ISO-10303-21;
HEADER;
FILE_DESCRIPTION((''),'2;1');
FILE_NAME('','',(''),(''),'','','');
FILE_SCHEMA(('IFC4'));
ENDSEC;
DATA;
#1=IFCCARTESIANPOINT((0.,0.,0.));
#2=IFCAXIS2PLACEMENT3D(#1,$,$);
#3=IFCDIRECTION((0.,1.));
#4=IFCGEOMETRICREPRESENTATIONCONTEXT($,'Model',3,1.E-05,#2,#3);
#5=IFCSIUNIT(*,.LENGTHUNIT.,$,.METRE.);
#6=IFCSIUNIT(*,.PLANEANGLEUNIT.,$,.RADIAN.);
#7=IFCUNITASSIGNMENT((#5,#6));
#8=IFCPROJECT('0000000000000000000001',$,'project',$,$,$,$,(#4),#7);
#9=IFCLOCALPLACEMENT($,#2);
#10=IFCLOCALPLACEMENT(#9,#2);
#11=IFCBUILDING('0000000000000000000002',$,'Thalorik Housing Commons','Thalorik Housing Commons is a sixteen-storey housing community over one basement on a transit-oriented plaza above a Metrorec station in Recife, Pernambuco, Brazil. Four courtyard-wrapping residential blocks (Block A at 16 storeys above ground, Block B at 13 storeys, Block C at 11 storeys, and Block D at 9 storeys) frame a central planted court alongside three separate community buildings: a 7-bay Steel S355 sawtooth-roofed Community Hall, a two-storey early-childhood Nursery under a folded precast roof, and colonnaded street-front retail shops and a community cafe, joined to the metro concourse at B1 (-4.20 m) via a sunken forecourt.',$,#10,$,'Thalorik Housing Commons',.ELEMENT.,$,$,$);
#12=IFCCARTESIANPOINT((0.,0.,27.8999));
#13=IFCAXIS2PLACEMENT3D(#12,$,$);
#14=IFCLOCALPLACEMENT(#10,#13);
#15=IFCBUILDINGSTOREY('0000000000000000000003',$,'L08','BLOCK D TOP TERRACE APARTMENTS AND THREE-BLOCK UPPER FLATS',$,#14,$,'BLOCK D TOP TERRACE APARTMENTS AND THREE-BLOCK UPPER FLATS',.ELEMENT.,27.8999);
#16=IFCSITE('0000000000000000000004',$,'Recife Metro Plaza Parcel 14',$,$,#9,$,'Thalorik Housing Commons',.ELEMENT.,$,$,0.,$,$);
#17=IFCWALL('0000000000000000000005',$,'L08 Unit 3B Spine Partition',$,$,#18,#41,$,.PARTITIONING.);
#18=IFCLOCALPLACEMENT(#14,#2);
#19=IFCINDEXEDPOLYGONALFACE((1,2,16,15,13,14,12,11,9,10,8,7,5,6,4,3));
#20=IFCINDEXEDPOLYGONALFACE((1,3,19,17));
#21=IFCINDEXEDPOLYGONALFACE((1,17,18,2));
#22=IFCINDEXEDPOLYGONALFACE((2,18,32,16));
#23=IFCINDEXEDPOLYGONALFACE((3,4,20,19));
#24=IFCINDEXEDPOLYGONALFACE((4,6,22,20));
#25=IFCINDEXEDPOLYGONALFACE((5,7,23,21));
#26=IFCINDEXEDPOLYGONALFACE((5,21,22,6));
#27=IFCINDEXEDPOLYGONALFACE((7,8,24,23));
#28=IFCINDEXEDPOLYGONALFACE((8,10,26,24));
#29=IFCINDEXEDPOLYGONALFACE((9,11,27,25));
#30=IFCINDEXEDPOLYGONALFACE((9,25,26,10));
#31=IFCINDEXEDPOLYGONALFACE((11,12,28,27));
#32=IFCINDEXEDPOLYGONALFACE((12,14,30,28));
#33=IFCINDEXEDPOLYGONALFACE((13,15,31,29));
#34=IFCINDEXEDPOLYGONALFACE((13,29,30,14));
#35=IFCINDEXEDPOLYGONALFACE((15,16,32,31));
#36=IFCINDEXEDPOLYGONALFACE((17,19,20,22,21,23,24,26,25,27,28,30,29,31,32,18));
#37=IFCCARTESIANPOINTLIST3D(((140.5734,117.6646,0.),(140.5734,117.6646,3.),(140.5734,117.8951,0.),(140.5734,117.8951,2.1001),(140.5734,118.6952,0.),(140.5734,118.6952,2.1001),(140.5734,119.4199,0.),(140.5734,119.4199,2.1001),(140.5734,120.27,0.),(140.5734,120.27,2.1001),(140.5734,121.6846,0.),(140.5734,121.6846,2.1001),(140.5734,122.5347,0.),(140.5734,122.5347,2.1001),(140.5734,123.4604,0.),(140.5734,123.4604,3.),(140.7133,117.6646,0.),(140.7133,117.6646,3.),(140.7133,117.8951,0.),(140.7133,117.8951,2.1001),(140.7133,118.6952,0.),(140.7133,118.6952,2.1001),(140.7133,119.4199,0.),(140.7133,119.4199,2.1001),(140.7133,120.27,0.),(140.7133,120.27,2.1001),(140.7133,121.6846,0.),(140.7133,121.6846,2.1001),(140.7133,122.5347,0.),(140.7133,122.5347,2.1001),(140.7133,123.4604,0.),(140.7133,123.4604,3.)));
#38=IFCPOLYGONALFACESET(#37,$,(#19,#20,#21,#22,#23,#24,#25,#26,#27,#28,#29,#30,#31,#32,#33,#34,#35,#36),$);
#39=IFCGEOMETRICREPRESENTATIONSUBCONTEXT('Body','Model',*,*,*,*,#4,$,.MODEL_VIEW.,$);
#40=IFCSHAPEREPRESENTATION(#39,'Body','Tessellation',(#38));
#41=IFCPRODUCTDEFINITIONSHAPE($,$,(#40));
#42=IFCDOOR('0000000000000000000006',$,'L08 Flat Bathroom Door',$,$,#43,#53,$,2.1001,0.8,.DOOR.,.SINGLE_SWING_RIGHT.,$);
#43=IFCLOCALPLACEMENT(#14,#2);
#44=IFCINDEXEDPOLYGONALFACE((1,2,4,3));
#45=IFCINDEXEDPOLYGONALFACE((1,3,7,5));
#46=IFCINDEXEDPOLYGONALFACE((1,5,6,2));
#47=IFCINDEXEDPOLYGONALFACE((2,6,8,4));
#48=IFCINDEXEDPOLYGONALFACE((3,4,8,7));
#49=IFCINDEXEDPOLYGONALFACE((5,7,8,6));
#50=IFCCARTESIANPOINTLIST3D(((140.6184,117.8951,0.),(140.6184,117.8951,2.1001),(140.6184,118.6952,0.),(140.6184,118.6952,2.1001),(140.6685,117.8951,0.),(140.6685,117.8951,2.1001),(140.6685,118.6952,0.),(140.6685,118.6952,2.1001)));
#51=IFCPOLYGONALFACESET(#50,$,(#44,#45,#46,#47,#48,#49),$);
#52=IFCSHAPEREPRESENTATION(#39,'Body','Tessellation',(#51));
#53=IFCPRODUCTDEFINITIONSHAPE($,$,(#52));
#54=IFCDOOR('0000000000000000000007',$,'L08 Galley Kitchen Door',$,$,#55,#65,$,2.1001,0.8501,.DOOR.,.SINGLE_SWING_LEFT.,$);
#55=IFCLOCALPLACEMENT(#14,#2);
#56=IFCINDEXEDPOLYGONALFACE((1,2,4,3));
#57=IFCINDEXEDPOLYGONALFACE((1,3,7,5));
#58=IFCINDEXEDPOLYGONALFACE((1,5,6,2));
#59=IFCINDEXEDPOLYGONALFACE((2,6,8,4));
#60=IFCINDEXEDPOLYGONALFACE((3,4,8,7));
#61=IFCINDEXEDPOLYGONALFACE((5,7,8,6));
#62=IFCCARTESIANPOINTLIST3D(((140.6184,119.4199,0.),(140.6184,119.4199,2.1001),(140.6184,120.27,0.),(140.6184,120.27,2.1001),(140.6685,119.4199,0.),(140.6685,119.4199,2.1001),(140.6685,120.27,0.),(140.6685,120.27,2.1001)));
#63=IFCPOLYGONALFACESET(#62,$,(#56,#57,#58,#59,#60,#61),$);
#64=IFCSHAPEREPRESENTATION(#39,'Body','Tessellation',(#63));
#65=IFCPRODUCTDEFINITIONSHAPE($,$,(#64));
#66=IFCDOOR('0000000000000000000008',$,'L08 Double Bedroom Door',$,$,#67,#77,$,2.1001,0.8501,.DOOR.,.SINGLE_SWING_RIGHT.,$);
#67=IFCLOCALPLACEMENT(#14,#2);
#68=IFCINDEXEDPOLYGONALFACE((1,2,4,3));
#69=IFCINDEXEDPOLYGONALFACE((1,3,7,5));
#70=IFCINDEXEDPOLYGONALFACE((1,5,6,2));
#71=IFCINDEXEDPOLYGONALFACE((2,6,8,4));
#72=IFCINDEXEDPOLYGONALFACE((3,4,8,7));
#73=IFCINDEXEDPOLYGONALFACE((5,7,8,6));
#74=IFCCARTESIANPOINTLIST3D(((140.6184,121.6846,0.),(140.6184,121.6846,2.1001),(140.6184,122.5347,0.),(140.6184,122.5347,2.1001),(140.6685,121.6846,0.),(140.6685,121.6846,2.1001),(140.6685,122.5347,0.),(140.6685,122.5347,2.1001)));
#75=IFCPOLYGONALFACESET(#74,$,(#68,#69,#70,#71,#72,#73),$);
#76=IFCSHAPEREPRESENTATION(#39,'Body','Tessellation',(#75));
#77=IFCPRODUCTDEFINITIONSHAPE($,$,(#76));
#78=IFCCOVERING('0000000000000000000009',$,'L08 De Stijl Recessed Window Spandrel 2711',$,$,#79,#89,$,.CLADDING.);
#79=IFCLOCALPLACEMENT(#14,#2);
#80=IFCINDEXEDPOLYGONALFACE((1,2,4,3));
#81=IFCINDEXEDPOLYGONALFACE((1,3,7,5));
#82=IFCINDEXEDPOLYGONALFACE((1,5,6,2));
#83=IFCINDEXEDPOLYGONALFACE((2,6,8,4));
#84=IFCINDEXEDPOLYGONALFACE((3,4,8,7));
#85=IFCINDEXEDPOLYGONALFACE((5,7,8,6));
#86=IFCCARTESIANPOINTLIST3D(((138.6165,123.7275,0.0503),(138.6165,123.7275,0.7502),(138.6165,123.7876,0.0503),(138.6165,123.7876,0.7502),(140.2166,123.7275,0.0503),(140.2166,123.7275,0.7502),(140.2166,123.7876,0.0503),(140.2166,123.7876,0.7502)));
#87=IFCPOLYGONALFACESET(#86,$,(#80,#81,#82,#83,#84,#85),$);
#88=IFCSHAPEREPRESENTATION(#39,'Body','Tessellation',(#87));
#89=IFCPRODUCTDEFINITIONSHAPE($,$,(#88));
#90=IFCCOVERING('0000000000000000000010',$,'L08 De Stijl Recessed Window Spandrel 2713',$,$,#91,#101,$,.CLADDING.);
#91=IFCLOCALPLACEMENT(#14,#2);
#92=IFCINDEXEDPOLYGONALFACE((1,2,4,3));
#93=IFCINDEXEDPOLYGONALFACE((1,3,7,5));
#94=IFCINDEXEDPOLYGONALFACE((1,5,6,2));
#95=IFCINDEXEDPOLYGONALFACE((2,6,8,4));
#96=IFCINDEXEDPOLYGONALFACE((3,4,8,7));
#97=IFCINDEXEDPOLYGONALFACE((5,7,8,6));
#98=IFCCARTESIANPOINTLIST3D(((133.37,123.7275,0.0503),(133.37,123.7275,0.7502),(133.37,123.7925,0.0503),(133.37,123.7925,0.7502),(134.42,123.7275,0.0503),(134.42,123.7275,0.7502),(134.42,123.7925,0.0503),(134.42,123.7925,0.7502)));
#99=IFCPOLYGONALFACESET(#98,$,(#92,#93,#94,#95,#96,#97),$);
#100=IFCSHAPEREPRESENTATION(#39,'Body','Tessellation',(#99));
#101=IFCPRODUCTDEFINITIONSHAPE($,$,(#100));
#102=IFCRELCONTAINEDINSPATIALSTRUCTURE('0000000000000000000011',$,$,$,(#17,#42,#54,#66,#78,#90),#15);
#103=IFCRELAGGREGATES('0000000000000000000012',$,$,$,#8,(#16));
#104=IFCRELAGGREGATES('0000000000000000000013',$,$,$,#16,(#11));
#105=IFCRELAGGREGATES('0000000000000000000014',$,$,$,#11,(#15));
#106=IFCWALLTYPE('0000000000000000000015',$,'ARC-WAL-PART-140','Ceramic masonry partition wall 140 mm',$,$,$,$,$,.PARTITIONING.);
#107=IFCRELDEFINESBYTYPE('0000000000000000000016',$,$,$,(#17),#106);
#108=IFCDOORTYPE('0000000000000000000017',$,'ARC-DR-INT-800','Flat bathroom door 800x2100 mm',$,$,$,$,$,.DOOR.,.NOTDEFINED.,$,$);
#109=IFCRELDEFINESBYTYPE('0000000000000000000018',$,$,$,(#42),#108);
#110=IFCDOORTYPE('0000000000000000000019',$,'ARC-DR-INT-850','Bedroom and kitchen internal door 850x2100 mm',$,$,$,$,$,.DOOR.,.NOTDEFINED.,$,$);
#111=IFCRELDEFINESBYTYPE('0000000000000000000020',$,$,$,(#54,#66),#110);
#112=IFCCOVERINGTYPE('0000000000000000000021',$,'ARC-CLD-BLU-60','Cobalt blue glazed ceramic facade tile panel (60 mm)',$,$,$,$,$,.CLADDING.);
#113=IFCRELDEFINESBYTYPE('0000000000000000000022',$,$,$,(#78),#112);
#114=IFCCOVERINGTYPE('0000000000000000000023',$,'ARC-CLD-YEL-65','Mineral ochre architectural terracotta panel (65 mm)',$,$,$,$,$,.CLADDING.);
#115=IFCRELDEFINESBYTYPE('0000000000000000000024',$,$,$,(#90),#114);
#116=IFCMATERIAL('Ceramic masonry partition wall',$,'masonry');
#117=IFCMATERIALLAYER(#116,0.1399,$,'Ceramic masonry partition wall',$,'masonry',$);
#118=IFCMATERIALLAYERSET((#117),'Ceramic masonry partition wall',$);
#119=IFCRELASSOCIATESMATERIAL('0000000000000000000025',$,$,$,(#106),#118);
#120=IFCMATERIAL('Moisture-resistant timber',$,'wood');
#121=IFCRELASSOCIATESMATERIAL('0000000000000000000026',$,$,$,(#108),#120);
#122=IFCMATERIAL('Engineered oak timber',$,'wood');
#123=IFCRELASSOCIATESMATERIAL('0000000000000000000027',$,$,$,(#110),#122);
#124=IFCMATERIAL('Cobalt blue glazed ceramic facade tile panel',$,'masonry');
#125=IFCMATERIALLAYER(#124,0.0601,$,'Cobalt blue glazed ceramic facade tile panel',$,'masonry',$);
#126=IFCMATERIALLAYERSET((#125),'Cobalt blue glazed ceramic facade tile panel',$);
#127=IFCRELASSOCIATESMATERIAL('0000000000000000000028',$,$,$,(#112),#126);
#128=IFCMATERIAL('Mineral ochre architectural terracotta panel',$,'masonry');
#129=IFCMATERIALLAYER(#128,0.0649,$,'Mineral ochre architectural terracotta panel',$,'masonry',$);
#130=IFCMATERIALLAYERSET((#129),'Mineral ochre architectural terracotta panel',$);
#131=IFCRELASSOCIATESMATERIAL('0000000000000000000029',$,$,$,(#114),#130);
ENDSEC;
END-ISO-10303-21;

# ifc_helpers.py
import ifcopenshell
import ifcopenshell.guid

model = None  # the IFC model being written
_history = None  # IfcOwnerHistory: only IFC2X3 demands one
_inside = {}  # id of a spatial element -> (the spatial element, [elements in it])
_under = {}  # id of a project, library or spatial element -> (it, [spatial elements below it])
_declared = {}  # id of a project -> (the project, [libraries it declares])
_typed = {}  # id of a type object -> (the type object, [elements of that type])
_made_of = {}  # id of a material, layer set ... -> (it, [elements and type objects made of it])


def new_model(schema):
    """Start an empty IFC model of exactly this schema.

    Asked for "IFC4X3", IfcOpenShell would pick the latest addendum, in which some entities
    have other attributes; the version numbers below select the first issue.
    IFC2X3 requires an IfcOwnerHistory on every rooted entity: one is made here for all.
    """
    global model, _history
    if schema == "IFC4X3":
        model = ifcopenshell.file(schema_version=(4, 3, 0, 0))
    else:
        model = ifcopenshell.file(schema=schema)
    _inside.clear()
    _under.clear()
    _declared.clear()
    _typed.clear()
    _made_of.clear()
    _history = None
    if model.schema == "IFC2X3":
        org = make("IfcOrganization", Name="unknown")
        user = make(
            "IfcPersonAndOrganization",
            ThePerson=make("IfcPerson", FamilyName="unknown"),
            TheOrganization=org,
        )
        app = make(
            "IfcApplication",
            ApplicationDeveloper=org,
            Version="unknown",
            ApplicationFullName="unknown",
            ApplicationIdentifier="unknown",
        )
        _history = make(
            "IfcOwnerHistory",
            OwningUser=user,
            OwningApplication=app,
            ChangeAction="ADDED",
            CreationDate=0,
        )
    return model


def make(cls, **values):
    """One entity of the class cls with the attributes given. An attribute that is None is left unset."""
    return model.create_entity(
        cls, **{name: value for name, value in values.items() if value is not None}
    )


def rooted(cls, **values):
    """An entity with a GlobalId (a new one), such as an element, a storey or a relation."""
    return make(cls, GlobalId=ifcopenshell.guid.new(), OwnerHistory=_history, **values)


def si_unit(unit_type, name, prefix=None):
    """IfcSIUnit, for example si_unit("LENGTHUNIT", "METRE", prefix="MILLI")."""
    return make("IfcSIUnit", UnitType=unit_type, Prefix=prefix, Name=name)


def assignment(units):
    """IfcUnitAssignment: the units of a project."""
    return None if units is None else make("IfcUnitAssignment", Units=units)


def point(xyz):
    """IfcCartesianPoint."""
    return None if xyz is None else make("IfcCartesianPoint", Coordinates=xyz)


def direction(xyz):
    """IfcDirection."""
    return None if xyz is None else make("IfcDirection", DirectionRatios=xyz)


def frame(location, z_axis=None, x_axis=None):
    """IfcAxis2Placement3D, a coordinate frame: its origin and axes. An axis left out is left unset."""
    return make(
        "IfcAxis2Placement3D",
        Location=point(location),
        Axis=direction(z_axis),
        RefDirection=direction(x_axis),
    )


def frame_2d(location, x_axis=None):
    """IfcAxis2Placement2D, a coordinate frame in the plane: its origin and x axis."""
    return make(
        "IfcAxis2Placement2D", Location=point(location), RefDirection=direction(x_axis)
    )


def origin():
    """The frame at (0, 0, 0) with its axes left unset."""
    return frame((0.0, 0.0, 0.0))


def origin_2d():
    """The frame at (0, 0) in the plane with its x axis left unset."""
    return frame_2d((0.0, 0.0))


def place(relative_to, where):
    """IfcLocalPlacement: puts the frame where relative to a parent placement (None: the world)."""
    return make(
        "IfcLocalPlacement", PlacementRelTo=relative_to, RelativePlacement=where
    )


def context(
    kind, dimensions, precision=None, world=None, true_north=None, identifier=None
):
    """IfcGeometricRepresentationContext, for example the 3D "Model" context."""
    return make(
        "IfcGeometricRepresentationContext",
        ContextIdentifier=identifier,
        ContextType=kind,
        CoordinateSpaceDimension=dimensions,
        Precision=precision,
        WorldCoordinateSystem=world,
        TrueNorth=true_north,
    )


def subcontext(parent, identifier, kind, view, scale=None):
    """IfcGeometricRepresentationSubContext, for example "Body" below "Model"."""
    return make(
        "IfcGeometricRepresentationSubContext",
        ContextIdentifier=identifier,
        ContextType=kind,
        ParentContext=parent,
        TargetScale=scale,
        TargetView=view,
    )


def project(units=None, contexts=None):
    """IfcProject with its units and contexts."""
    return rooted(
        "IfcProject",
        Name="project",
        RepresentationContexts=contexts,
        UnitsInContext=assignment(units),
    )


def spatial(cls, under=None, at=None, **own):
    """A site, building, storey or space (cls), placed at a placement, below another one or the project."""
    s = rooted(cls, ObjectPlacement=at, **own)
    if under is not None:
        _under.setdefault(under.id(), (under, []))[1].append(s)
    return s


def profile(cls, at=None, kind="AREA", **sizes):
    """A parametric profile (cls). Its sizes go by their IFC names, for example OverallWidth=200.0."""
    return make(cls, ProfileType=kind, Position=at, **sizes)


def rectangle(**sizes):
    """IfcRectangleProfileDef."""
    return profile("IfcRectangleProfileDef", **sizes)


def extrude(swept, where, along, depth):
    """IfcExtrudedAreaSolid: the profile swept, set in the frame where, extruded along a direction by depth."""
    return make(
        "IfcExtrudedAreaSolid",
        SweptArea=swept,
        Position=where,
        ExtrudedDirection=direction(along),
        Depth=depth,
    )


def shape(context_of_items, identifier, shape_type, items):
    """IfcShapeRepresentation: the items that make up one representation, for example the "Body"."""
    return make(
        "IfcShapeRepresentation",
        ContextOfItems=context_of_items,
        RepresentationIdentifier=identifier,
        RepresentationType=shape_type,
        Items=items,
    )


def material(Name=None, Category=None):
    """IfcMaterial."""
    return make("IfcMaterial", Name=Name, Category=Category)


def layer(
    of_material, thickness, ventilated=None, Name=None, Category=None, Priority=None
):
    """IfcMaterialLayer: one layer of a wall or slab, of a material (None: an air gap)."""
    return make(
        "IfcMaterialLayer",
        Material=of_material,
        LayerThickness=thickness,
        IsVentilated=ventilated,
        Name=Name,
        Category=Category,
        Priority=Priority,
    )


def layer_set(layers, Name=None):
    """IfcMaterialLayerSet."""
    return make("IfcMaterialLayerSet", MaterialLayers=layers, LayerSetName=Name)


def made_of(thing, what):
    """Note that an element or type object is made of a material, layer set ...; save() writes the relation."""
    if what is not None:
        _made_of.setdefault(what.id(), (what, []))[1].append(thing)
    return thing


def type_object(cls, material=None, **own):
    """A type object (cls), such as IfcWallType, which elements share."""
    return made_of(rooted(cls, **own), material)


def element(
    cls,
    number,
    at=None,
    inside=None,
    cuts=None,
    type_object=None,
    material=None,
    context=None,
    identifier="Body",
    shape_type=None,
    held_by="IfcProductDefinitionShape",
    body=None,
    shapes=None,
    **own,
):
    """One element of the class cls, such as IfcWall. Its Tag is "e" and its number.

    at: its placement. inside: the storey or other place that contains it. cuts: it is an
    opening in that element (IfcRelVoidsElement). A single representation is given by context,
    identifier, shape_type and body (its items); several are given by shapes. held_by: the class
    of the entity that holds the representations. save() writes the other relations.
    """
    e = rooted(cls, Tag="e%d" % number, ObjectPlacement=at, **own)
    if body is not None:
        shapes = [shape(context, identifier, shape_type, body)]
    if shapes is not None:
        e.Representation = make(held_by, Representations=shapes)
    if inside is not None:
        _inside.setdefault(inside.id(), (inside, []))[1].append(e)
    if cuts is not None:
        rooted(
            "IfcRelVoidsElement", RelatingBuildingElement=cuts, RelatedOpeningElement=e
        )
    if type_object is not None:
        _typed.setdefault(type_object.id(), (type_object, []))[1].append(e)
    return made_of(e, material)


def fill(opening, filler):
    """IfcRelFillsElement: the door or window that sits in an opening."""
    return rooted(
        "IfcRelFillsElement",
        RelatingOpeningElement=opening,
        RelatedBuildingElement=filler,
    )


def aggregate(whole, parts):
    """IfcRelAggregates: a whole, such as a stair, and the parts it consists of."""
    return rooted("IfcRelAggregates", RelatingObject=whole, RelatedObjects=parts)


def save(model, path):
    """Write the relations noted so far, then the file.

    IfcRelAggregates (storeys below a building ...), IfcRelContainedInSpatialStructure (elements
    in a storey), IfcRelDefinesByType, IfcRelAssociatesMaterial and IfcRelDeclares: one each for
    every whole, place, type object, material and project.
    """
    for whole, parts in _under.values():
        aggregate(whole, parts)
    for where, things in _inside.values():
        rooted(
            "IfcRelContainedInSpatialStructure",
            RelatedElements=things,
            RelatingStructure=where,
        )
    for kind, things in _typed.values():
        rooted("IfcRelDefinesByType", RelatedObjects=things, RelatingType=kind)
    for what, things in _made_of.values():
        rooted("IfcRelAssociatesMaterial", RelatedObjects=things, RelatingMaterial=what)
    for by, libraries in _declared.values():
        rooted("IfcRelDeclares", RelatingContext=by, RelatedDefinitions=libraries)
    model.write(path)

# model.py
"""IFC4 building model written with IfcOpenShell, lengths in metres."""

from ifc_helpers import new_model, si_unit, direction, frame, frame_2d, origin, origin_2d, place, context, subcontext, project, spatial, rectangle, extrude, material, layer, layer_set, type_object, element, fill, save


model = new_model("IFC4")

# Units and contexts
model_context = context("Model", 3, precision=1e-05, world=origin(), true_north=direction((0.0, 1.0)))
body_context = subcontext(model_context, "Body", "Model", "MODEL_VIEW")
ifc_project = project(units=[si_unit("LENGTHUNIT", "METRE"), si_unit("PLANEANGLEUNIT", "RADIAN")], contexts=[model_context])

# Site, building, storey
site_placement = place(None, origin())
site = spatial("IfcSite", under=ifc_project, at=site_placement, Name="Recife Metro Plaza Parcel 14", LongName="Thalorik Housing Commons", CompositionType="ELEMENT", RefElevation=0.0)
building_placement = place(site_placement, origin())
building = spatial("IfcBuilding", under=site, at=building_placement, Name="Thalorik Housing Commons", Description="Thalorik Housing Commons is a sixteen-storey housing community over one basement on a transit-oriented plaza above a Metrorec station in Recife, Pernambuco, Brazil. Four courtyard-wrapping residential blocks (Block A at 16 storeys above ground, Block B at 13 storeys, Block C at 11 storeys, and Block D at 9 storeys) frame a central planted court alongside three separate community buildings: a 7-bay Steel S355 sawtooth-roofed Community Hall, a two-storey early-childhood Nursery under a folded precast roof, and colonnaded street-front retail shops and a community cafe, joined to the metro concourse at B1 (-4.20 m) via a sunken forecourt.", LongName="Thalorik Housing Commons", CompositionType="ELEMENT")
storey_placement = place(building_placement, frame((0.0, 0.0, 27.8999)))
storey = spatial("IfcBuildingStorey", under=building, at=storey_placement, Name="L08", Description="BLOCK D TOP TERRACE APARTMENTS AND THREE-BLOCK UPPER FLATS", LongName="BLOCK D TOP TERRACE APARTMENTS AND THREE-BLOCK UPPER FLATS", CompositionType="ELEMENT", Elevation=27.8999)

# Wall, openings, doors
ifc_material_1 = material(Name="Ceramic masonry partition wall", Category="masonry")
ifc_layer_1 = layer(ifc_material_1, 0.1399, Name="Ceramic masonry partition wall", Category="masonry")
ifc_layer_set_1 = layer_set([ifc_layer_1], Name="Ceramic masonry partition wall")
wall_type_1 = type_object("IfcWallType", Name="ARC-WAL-PART-140", Description="Ceramic masonry partition wall 140 mm", PredefinedType="PARTITIONING", material=ifc_layer_set_1)
wall_1_placement = place(storey_placement, frame((140.6433, 117.6646, 0.0), z_axis=(0.0, 0.0, 1.0), x_axis=(0.0, 1.0, 0.0)))
wall_1 = element("IfcWall", 1, at=wall_1_placement, inside=storey, type_object=wall_type_1, Name="L08 Unit 3B Spine Partition", PredefinedType="PARTITIONING", context=body_context, shape_type="SweptSolid", body=[
    extrude(rectangle(XDim=5.7959, YDim=0.1399, at=frame_2d((2.8979, 0.0))), origin(), (0.0, 0.0, 1.0), 3.0),
])
opening_1_placement = place(wall_1_placement, frame((0.2307, 0.0, 0.0)))
opening_1 = element("IfcOpeningElement", 2, at=opening_1_placement, cuts=wall_1, PredefinedType="OPENING", context=body_context, shape_type="SweptSolid", body=[
    extrude(rectangle(XDim=0.8, YDim=2.1001, at=frame_2d((0.3999, 1.05))), frame((0.0, 0.0801, 0.0), z_axis=(0.0, -1.0, 0.0), x_axis=(1.0, 0.0, 0.0)), (0.0, 0.0, 1.0), 0.1599),
])
opening_2_placement = place(wall_1_placement, frame((1.7554, 0.0, 0.0)))
opening_2 = element("IfcOpeningElement", 3, at=opening_2_placement, cuts=wall_1, PredefinedType="OPENING", context=body_context, shape_type="SweptSolid", body=[
    extrude(rectangle(XDim=0.8501, YDim=2.1001, at=frame_2d((0.425, 1.05))), frame((0.0, 0.0801, 0.0), z_axis=(0.0, -1.0, 0.0), x_axis=(1.0, 0.0, 0.0)), (0.0, 0.0, 1.0), 0.1599),
])
opening_3_placement = place(wall_1_placement, frame((4.02, 0.0, 0.0)))
opening_3 = element("IfcOpeningElement", 4, at=opening_3_placement, cuts=wall_1, PredefinedType="OPENING", context=body_context, shape_type="SweptSolid", body=[
    extrude(rectangle(XDim=0.8501, YDim=2.1001, at=frame_2d((0.425, 1.05))), frame((0.0, 0.0801, 0.0), z_axis=(0.0, -1.0, 0.0), x_axis=(1.0, 0.0, 0.0)), (0.0, 0.0, 1.0), 0.1599),
])
ifc_material_2 = material(Name="Moisture-resistant timber", Category="wood")
door_type_1 = type_object("IfcDoorType", Name="ARC-DR-INT-800", Description="Flat bathroom door 800x2100 mm", OperationType="NOTDEFINED", PredefinedType="DOOR", material=ifc_material_2)
door_1_placement = place(opening_1_placement, origin())
door_1 = element("IfcDoor", 5, at=door_1_placement, inside=storey, type_object=door_type_1, Name="L08 Flat Bathroom Door", OperationType="SINGLE_SWING_RIGHT", OverallHeight=2.1001, OverallWidth=0.8, PredefinedType="DOOR", context=body_context, shape_type="SweptSolid", body=[
    extrude(rectangle(XDim=0.8, YDim=2.1001, at=frame_2d((0.3999, 1.05))), frame((0.0, 0.0249, 0.0), z_axis=(0.0, -1.0, 0.0), x_axis=(1.0, 0.0, 0.0)), (0.0, 0.0, 1.0), 0.05),
])
fill(opening_1, door_1)
ifc_material_3 = material(Name="Engineered oak timber", Category="wood")
door_type_2 = type_object("IfcDoorType", Name="ARC-DR-INT-850", Description="Bedroom and kitchen internal door 850x2100 mm", OperationType="NOTDEFINED", PredefinedType="DOOR", material=ifc_material_3)
door_2_placement = place(opening_2_placement, origin())
door_2 = element("IfcDoor", 6, at=door_2_placement, inside=storey, type_object=door_type_2, Name="L08 Galley Kitchen Door", OperationType="SINGLE_SWING_LEFT", OverallHeight=2.1001, OverallWidth=0.8501, PredefinedType="DOOR", context=body_context, shape_type="SweptSolid", body=[
    extrude(rectangle(XDim=0.8501, YDim=2.1001, at=frame_2d((0.425, 1.05))), frame((0.0, 0.0249, 0.0), z_axis=(0.0, -1.0, 0.0), x_axis=(1.0, 0.0, 0.0)), (0.0, 0.0, 1.0), 0.05),
])
fill(opening_2, door_2)
door_3_placement = place(opening_3_placement, origin())
door_3 = element("IfcDoor", 7, at=door_3_placement, inside=storey, type_object=door_type_2, Name="L08 Double Bedroom Door", OperationType="SINGLE_SWING_RIGHT", OverallHeight=2.1001, OverallWidth=0.8501, PredefinedType="DOOR", context=body_context, shape_type="SweptSolid", body=[
    extrude(rectangle(XDim=0.8501, YDim=2.1001, at=frame_2d((0.425, 1.05))), frame((0.0, 0.0249, 0.0), z_axis=(0.0, -1.0, 0.0), x_axis=(1.0, 0.0, 0.0)), (0.0, 0.0, 1.0), 0.05),
])
fill(opening_3, door_3)

# Coverings
ifc_material_4 = material(Name="Cobalt blue glazed ceramic facade tile panel", Category="masonry")
ifc_layer_2 = layer(ifc_material_4, 0.0601, Name="Cobalt blue glazed ceramic facade tile panel", Category="masonry")
ifc_layer_set_2 = layer_set([ifc_layer_2], Name="Cobalt blue glazed ceramic facade tile panel")
covering_type_1 = type_object("IfcCoveringType", Name="ARC-CLD-BLU-60", Description="Cobalt blue glazed ceramic facade tile panel (60 mm)", PredefinedType="CLADDING", material=ifc_layer_set_2)
covering_1_placement = place(storey_placement, frame((139.4165, 123.7576, 0.0503), z_axis=(0.0, 0.0, 1.0), x_axis=(-1.0, 0.0, 0.0)))
element("IfcCovering", 8, at=covering_1_placement, inside=storey, type_object=covering_type_1, Name="L08 De Stijl Recessed Window Spandrel 2711", PredefinedType="CLADDING", context=body_context, shape_type="SweptSolid", body=[
    extrude(rectangle(XDim=1.6001, YDim=0.0601, at=origin_2d()), origin(), (0.0, 0.0, 1.0), 0.7),
])
ifc_material_5 = material(Name="Mineral ochre architectural terracotta panel", Category="masonry")
ifc_layer_3 = layer(ifc_material_5, 0.0649, Name="Mineral ochre architectural terracotta panel", Category="masonry")
ifc_layer_set_3 = layer_set([ifc_layer_3], Name="Mineral ochre architectural terracotta panel")
covering_type_2 = type_object("IfcCoveringType", Name="ARC-CLD-YEL-65", Description="Mineral ochre architectural terracotta panel (65 mm)", PredefinedType="CLADDING", material=ifc_layer_set_3)
covering_2_placement = place(storey_placement, frame((133.895, 123.76, 0.0503), z_axis=(0.0, 0.0, 1.0), x_axis=(-1.0, 0.0, 0.0)))
element("IfcCovering", 9, at=covering_2_placement, inside=storey, type_object=covering_type_2, Name="L08 De Stijl Recessed Window Spandrel 2713", PredefinedType="CLADDING", context=body_context, shape_type="SweptSolid", body=[
    extrude(rectangle(XDim=1.05, YDim=0.0649, at=origin_2d()), origin(), (0.0, 0.0, 1.0), 0.7),
])

save(model, "model.ifc")
